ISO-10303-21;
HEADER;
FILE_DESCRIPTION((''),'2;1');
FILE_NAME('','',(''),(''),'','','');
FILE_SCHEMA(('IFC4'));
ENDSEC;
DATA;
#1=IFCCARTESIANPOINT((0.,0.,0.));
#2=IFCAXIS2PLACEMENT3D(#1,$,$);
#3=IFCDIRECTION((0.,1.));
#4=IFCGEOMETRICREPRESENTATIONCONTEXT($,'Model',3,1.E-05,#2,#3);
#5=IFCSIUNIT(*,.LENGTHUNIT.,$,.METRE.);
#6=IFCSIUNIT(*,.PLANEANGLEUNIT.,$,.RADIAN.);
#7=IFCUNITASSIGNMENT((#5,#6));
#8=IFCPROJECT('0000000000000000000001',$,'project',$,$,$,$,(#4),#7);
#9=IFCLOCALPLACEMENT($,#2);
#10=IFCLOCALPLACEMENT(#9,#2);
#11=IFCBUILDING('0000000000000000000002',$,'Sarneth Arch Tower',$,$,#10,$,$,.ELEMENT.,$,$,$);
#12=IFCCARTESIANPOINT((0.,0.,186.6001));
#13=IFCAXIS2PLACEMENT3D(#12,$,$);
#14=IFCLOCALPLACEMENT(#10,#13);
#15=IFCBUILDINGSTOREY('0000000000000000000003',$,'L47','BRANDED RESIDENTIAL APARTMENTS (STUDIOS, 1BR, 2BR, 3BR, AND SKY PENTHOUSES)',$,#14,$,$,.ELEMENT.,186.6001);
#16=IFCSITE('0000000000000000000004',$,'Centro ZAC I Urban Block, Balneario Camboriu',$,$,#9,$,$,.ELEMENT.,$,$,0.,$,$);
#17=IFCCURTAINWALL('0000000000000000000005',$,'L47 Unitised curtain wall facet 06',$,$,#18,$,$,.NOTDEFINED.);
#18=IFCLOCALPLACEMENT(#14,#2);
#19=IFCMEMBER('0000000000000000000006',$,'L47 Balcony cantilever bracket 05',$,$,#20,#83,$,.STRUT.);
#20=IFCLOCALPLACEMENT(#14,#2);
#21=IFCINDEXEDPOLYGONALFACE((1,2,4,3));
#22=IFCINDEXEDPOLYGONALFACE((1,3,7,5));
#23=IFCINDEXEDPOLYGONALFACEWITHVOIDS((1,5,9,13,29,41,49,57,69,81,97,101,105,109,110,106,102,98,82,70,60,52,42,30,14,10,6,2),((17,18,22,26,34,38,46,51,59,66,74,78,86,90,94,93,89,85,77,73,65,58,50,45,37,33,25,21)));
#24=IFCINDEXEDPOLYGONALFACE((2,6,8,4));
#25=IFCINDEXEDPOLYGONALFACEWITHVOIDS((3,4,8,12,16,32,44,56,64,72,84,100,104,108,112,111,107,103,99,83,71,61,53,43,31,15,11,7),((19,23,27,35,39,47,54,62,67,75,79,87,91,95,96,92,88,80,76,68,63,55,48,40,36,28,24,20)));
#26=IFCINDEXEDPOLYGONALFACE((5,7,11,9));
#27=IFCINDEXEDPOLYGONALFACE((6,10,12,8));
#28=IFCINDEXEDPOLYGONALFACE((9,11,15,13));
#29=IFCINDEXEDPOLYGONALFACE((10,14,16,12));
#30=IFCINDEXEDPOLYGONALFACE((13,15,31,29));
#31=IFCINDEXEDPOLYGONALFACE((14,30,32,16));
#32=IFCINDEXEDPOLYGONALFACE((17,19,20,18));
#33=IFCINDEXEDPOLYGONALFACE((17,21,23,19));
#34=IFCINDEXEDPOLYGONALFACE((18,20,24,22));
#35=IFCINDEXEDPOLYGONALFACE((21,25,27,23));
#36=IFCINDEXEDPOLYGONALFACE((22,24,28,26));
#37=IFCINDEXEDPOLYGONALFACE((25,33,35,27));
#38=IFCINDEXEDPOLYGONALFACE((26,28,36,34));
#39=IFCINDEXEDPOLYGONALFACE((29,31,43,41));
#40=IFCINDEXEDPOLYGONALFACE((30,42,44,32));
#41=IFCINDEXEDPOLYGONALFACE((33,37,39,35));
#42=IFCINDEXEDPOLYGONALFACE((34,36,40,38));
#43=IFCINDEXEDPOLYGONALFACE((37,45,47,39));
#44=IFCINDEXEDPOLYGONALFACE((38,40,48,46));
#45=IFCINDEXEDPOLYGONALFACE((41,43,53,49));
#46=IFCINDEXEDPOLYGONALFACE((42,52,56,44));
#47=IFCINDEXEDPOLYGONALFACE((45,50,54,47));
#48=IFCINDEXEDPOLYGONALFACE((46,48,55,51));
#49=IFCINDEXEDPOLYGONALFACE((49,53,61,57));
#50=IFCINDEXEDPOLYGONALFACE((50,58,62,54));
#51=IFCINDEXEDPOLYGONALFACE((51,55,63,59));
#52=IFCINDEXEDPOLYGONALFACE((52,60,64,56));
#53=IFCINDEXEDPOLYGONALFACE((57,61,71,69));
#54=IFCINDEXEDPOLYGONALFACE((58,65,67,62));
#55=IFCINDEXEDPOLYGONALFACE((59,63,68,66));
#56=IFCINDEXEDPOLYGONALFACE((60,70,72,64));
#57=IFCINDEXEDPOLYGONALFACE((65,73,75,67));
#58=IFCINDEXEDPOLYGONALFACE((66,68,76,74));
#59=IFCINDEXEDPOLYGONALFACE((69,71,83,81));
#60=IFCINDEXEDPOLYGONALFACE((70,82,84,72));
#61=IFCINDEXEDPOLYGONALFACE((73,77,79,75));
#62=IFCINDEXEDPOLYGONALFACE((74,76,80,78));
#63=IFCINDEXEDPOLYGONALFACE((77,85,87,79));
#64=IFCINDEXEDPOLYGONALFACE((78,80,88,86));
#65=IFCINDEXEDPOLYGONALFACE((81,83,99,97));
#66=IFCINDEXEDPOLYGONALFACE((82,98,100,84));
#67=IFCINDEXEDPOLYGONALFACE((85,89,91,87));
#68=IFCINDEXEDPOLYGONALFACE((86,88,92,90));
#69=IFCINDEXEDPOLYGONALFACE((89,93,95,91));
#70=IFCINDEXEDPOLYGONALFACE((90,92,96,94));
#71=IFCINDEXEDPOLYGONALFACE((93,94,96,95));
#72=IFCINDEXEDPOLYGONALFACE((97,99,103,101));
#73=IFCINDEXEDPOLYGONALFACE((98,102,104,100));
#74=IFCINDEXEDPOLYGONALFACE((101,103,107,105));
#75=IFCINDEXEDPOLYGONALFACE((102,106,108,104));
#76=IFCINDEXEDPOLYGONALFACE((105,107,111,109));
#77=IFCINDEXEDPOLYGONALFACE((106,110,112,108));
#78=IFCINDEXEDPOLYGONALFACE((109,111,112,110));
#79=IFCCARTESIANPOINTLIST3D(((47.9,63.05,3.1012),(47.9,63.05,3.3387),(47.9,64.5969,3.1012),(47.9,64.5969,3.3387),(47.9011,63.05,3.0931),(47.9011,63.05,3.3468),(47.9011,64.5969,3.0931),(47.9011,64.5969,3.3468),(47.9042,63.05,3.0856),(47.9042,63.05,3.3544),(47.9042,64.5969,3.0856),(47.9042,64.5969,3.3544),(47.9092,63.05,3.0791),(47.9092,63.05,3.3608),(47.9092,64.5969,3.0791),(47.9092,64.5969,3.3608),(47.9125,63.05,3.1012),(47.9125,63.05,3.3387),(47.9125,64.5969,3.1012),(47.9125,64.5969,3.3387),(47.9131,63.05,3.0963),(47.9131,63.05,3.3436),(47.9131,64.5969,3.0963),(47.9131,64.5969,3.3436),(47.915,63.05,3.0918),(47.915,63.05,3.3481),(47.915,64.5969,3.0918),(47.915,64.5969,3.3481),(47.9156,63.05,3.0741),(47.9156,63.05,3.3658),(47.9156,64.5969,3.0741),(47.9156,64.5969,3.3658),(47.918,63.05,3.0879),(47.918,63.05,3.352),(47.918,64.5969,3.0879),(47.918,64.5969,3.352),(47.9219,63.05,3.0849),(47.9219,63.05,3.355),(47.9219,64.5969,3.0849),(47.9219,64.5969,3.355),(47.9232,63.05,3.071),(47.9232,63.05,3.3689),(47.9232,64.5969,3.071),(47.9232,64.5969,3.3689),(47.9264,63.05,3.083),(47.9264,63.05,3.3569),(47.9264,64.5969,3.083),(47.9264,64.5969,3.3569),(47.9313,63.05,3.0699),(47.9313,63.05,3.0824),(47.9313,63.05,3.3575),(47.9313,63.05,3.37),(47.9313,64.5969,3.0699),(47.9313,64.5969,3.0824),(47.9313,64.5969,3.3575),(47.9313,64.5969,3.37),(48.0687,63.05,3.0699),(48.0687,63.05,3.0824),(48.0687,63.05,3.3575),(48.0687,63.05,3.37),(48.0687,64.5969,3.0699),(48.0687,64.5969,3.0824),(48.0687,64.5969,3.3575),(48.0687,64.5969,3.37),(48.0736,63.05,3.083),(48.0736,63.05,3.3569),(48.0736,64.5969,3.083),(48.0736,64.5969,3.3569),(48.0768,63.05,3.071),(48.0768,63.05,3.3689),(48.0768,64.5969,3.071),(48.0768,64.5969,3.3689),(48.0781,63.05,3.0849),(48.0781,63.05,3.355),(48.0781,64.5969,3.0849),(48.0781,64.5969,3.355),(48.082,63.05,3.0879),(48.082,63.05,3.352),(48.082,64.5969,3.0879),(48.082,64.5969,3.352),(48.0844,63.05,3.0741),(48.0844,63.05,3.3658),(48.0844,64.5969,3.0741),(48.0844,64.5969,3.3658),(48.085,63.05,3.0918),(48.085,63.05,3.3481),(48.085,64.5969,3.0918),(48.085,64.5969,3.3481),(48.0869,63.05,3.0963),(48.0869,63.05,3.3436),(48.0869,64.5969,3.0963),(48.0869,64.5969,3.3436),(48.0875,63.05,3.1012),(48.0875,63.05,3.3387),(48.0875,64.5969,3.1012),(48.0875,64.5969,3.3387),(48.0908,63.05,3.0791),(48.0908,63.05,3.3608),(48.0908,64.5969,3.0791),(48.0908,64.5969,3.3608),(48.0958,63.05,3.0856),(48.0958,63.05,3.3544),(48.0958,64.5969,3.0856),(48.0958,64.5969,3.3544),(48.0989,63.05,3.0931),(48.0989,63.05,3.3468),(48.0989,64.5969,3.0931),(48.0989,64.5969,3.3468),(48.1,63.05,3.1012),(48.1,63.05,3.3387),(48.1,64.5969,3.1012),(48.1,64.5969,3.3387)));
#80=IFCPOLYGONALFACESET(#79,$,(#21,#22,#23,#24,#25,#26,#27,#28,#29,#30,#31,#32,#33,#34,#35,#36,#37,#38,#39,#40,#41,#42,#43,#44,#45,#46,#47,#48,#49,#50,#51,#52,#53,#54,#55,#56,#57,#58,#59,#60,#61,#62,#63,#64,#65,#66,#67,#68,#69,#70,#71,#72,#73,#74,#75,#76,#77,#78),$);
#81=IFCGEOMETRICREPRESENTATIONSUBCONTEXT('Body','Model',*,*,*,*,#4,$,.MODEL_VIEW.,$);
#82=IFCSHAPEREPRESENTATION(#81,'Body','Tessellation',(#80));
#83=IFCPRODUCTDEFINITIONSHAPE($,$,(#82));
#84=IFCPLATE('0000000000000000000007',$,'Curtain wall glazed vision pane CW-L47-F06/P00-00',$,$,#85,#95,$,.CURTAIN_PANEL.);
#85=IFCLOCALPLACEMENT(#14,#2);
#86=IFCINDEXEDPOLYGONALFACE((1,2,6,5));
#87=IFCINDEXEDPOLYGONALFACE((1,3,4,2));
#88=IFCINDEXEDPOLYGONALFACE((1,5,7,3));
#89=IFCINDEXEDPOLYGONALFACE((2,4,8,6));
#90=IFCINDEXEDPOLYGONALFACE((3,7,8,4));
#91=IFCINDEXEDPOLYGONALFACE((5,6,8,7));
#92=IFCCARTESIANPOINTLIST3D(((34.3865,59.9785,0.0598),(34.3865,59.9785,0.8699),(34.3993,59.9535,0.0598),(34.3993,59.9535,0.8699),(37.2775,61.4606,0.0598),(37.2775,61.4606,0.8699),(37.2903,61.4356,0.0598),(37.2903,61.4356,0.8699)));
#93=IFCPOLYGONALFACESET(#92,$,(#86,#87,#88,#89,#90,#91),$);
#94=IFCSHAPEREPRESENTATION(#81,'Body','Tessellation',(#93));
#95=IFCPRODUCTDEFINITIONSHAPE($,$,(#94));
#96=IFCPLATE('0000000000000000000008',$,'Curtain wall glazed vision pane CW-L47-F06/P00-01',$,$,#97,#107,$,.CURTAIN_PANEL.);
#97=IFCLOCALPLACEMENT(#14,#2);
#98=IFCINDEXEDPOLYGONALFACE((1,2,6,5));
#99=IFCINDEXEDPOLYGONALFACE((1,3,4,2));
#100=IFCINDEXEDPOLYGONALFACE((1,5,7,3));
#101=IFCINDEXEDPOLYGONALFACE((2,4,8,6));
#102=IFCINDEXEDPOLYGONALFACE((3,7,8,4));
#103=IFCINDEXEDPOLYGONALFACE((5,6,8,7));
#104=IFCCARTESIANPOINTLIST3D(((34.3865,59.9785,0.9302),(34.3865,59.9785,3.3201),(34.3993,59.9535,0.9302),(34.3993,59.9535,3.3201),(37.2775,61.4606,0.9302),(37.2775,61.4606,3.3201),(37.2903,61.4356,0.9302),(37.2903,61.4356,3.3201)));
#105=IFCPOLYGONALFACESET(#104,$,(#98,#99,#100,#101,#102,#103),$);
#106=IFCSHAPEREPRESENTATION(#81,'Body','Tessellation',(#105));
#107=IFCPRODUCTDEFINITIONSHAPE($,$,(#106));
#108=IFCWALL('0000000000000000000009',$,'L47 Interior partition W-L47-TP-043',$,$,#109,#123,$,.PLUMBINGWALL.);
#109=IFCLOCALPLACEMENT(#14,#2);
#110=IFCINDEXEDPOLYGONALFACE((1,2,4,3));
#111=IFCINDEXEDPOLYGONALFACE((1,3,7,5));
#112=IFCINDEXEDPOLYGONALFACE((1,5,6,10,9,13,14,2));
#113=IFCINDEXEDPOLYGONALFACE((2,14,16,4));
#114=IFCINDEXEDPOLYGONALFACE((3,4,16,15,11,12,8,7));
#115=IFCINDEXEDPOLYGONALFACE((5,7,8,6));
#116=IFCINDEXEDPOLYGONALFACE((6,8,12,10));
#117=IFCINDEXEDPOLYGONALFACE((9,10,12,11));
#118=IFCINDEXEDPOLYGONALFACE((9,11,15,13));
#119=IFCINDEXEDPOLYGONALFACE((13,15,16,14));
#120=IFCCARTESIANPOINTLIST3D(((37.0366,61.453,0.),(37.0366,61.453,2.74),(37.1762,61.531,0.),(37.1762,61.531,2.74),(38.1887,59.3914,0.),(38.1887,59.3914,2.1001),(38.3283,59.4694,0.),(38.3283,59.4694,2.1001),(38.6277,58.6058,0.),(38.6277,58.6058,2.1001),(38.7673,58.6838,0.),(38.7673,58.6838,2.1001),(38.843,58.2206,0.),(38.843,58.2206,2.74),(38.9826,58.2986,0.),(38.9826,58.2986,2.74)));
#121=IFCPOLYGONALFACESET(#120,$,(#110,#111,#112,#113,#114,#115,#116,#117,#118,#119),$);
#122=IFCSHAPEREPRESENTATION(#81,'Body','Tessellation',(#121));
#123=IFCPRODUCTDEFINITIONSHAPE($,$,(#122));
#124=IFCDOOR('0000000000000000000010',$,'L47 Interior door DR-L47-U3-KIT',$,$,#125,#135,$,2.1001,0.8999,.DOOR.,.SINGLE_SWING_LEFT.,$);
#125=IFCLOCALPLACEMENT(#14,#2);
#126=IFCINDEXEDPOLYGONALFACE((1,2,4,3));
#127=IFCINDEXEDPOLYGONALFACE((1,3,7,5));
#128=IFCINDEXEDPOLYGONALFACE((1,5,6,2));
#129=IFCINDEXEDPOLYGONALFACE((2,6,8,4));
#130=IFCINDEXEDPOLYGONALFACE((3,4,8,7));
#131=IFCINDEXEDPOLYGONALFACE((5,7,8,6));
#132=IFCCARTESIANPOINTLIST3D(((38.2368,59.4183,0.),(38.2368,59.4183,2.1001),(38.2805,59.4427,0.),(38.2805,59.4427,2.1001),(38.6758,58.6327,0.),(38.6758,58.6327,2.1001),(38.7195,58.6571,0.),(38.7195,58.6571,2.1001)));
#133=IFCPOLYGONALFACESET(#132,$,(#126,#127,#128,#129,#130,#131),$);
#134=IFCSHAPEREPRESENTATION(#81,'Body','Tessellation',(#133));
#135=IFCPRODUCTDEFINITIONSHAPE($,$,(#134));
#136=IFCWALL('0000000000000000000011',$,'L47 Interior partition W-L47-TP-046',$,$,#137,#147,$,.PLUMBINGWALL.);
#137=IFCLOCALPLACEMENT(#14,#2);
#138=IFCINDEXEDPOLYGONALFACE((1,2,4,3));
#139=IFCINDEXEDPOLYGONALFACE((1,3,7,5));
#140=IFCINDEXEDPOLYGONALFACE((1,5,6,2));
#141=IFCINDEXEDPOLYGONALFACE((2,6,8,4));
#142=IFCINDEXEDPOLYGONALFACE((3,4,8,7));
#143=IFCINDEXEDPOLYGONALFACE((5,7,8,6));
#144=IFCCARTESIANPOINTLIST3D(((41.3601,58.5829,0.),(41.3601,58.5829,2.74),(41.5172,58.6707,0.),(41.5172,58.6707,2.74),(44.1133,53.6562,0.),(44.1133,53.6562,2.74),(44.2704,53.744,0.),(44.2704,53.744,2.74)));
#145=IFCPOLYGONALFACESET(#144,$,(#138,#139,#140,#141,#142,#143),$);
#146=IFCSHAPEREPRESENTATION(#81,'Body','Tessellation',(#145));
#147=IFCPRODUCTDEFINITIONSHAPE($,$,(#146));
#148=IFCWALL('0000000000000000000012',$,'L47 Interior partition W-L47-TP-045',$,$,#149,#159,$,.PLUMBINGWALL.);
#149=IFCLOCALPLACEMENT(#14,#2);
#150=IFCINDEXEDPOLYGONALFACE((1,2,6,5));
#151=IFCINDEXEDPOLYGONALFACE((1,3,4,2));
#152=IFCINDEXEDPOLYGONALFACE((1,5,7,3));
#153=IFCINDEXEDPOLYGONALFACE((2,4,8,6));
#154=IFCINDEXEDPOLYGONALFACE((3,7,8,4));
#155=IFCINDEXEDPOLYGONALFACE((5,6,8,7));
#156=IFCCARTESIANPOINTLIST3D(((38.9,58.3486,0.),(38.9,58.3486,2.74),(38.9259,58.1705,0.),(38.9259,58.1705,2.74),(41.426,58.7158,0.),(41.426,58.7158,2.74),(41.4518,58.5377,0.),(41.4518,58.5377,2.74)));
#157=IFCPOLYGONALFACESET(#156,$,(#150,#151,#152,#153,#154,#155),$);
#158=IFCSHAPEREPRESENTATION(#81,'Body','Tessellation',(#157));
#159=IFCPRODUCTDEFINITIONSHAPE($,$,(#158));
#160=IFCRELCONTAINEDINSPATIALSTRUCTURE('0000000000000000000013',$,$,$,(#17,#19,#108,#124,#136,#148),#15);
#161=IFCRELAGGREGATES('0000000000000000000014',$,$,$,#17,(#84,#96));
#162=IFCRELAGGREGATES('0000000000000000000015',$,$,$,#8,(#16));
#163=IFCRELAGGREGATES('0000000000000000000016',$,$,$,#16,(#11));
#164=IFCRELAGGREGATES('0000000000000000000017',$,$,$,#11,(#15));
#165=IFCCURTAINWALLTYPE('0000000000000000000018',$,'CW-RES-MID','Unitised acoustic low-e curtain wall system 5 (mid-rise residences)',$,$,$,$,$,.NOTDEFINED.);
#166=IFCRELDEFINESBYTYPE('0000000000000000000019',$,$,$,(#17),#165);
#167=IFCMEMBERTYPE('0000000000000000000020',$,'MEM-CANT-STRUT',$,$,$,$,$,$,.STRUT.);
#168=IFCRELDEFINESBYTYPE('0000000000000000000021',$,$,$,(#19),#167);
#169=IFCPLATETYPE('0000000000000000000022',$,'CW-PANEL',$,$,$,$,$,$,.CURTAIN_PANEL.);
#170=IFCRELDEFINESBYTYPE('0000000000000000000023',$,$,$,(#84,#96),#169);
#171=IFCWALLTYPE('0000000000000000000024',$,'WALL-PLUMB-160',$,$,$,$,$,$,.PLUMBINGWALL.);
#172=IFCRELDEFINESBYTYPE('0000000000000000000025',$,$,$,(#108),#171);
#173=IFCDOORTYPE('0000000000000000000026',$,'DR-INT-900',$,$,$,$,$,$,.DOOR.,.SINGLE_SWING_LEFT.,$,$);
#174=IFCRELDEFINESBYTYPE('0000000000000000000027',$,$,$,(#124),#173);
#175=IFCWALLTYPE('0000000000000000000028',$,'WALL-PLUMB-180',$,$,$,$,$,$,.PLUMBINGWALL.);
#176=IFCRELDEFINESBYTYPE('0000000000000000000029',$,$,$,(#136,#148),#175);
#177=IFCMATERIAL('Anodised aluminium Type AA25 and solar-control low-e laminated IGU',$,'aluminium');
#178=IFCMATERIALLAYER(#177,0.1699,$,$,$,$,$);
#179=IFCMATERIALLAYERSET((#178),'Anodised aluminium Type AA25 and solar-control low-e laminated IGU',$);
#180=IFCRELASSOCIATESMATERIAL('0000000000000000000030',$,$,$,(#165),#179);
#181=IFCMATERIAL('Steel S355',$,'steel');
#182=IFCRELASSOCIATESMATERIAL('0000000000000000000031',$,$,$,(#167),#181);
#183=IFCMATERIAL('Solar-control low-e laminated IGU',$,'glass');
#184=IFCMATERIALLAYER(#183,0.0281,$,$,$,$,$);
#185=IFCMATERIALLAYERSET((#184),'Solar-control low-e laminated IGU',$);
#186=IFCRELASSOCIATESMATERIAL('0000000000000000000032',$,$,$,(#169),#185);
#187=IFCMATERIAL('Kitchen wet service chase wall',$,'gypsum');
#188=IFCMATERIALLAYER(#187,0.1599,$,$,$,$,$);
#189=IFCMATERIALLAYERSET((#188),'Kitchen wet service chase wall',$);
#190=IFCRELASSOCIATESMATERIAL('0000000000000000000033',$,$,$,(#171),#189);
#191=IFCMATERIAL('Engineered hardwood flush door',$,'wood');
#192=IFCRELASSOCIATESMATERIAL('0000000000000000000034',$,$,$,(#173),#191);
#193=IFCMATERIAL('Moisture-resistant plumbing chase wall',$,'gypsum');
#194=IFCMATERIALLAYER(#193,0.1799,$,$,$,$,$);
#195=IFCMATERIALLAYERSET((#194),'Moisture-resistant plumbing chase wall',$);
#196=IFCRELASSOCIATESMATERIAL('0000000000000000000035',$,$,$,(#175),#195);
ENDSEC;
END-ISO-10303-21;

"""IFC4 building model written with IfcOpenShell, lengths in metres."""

from ifc_helpers import new_model, si_unit, direction, frame, frame_2d, origin, origin_2d, place, context, subcontext, project, spatial, rectangle, hollow_rectangle, extrude, material, layer, layer_set, material_profile, profile_set, type_object, element, fill, aggregate, save


model = new_model("IFC4")

# Units and contexts
model_context = context("Model", 3, precision=1e-05, world=origin(), true_north=direction((0.0, 1.0)))
body_context = subcontext(model_context, "Body", "Model", "MODEL_VIEW")
ifc_project = project(units=[si_unit("LENGTHUNIT", "METRE"), si_unit("PLANEANGLEUNIT", "RADIAN")], contexts=[model_context])

# Site, building, storey
site_placement = place(None, origin())
site = spatial("IfcSite", under=ifc_project, at=site_placement, Name="Centro ZAC I Urban Block, Balneario Camboriu", CompositionType="ELEMENT", RefElevation=0.0)
building_placement = place(site_placement, origin())
building = spatial("IfcBuilding", under=site, at=building_placement, Name="Sarneth Arch Tower", CompositionType="ELEMENT")
storey_placement = place(building_placement, frame((0.0, 0.0, 186.6001)))
storey = spatial("IfcBuildingStorey", under=building, at=storey_placement, Name="L47", Description="BRANDED RESIDENTIAL APARTMENTS (STUDIOS, 1BR, 2BR, 3BR, AND SKY PENTHOUSES)", CompositionType="ELEMENT", Elevation=186.6001)

# Curtain wall
ifc_material_1 = material(Name="Anodised aluminium Type AA25 and solar-control low-e laminated IGU", Category="aluminium")
ifc_layer_1 = layer(ifc_material_1, 0.1699)
ifc_layer_set_1 = layer_set([ifc_layer_1], Name="Anodised aluminium Type AA25 and solar-control low-e laminated IGU")
curtain_wall_type = type_object("IfcCurtainWallType", Name="CW-RES-MID", Description="Unitised acoustic low-e curtain wall system 5 (mid-rise residences)", PredefinedType="NOTDEFINED", material=ifc_layer_set_1)
curtain_wall_placement = place(storey_placement, origin())
curtain_wall = element("IfcCurtainWall", 1, at=curtain_wall_placement, inside=storey, type_object=curtain_wall_type, Name="L47 Unitised curtain wall facet 06", PredefinedType="NOTDEFINED")

# Member
ifc_material_2 = material(Name="Steel S355", Category="steel")
ifc_material_profile_1 = material_profile(ifc_material_2, hollow_rectangle(XDim=0.2, YDim=0.3, WallThickness=0.0125, InnerFilletRadius=0.0188, OuterFilletRadius=0.0312, at=origin_2d()), Name="RHS300x200x12.5")
ifc_profile_set_1 = profile_set([ifc_material_profile_1], Name="Steel S355")
member_type_1 = type_object("IfcMemberType", Name="MEM-CANT-STRUT", PredefinedType="STRUT", material=ifc_profile_set_1)
member_1_placement = place(storey_placement, frame((48.0, 63.05, 3.22), z_axis=(0.0, 1.0, 0.0), x_axis=(-1.0, 0.0, 0.0)))
element("IfcMember", 2, at=member_1_placement, inside=storey, type_object=member_type_1, Name="L47 Balcony cantilever bracket 05", PredefinedType="STRUT", context=body_context, shape_type="SweptSolid", body=[
    extrude(hollow_rectangle(XDim=0.2, YDim=0.3, WallThickness=0.0125, InnerFilletRadius=0.0188, OuterFilletRadius=0.0312, at=origin_2d()), origin(), (0.0, 0.0, 1.0), 1.5469),
])

# Plates
ifc_material_3 = material(Name="Solar-control low-e laminated IGU", Category="glass")
ifc_layer_2 = layer(ifc_material_3, 0.0281)
ifc_layer_set_2 = layer_set([ifc_layer_2], Name="Solar-control low-e laminated IGU")
plate_type = type_object("IfcPlateType", Name="CW-PANEL", PredefinedType="CURTAIN_PANEL", material=ifc_layer_set_2)
plate_1_placement = place(storey_placement, frame((35.8384, 60.707, 0.0598), z_axis=(0.0, 0.0, 1.0), x_axis=(-0.889873, -0.456208, 0.0)))
plate_1 = element("IfcPlate", 3, at=plate_1_placement, type_object=plate_type, Name="Curtain wall glazed vision pane CW-L47-F06/P00-00", PredefinedType="CURTAIN_PANEL", context=body_context, shape_type="SweptSolid", body=[
    extrude(rectangle(XDim=3.2488, YDim=0.0281, at=origin_2d()), origin(), (0.0, 0.0, 1.0), 0.8101),
])
plate_2_placement = place(storey_placement, frame((35.8384, 60.707, 0.9302), z_axis=(0.0, 0.0, 1.0), x_axis=(-0.889873, -0.456208, 0.0)))
plate_2 = element("IfcPlate", 4, at=plate_2_placement, type_object=plate_type, Name="Curtain wall glazed vision pane CW-L47-F06/P00-01", PredefinedType="CURTAIN_PANEL", context=body_context, shape_type="SweptSolid", body=[
    extrude(rectangle(XDim=3.2488, YDim=0.0281, at=origin_2d()), origin(), (0.0, 0.0, 1.0), 2.3899),
])
aggregate(curtain_wall, [plate_1, plate_2])

# Wall, opening, door
ifc_material_4 = material(Name="Kitchen wet service chase wall", Category="gypsum")
ifc_layer_3 = layer(ifc_material_4, 0.1599)
ifc_layer_set_3 = layer_set([ifc_layer_3], Name="Kitchen wet service chase wall")
wall_type_1 = type_object("IfcWallType", Name="WALL-PLUMB-160", PredefinedType="PLUMBINGWALL", material=ifc_layer_set_3)
wall_1_placement = place(storey_placement, frame((38.9128, 58.2595, 0.0), z_axis=(0.0, 0.0, 1.0), x_axis=(-0.48783, 0.872939, 0.0)))
wall_1 = element("IfcWall", 5, at=wall_1_placement, inside=storey, type_object=wall_type_1, Name="L47 Interior partition W-L47-TP-043", PredefinedType="PLUMBINGWALL", context=body_context, shape_type="SweptSolid", body=[
    extrude(rectangle(XDim=3.7029, YDim=0.1599, at=frame_2d((1.8516, 0.0))), origin(), (0.0, 0.0, 1.0), 2.74),
])
opening_placement = place(wall_1_placement, frame((0.4414, 0.0, 0.0)))
opening = element("IfcOpeningElement", 6, at=opening_placement, cuts=wall_1, PredefinedType="OPENING", context=body_context, shape_type="SweptSolid", body=[
    extrude(rectangle(XDim=0.8999, YDim=2.1001, at=frame_2d((0.45, 1.05))), frame((0.0, 0.0898, 0.0), z_axis=(0.0, -1.0, 0.0), x_axis=(1.0, 0.0, 0.0)), (0.0, 0.0, 1.0), 0.1799),
])
ifc_material_5 = material(Name="Engineered hardwood flush door", Category="wood")
door_type = type_object("IfcDoorType", Name="DR-INT-900", OperationType="SINGLE_SWING_LEFT", PredefinedType="DOOR", material=ifc_material_5)
door_placement = place(opening_placement, origin())
door = element("IfcDoor", 7, at=door_placement, inside=storey, type_object=door_type, Name="L47 Interior door DR-L47-U3-KIT", OperationType="SINGLE_SWING_LEFT", OverallHeight=2.1001, OverallWidth=0.8999, PredefinedType="DOOR", context=body_context, shape_type="SweptSolid", body=[
    extrude(rectangle(XDim=0.8999, YDim=2.1001, at=frame_2d((0.45, 1.05))), frame((0.0, 0.0249, 0.0), z_axis=(0.0, -1.0, 0.0), x_axis=(1.0, 0.0, 0.0)), (0.0, 0.0, 1.0), 0.05),
])
fill(opening, door)

# Walls
ifc_material_6 = material(Name="Moisture-resistant plumbing chase wall", Category="gypsum")
ifc_layer_4 = layer(ifc_material_6, 0.1799)
ifc_layer_set_4 = layer_set([ifc_layer_4], Name="Moisture-resistant plumbing chase wall")
wall_type_2 = type_object("IfcWallType", Name="WALL-PLUMB-180", PredefinedType="PLUMBINGWALL", material=ifc_layer_set_4)
wall_2_placement = place(storey_placement, frame((41.4387, 58.6267, 0.0), z_axis=(0.0, 0.0, 1.0), x_axis=(0.487819, -0.872945, 0.0)))
element("IfcWall", 8, at=wall_2_placement, inside=storey, type_object=wall_type_2, Name="L47 Interior partition W-L47-TP-046", PredefinedType="PLUMBINGWALL", context=body_context, shape_type="SweptSolid", body=[
    extrude(rectangle(XDim=5.6438, YDim=0.1799, at=frame_2d((2.8218, 0.0))), origin(), (0.0, 0.0, 1.0), 2.74),
])
wall_3_placement = place(storey_placement, frame((38.9128, 58.2595, 0.0), z_axis=(0.0, 0.0, 1.0), x_axis=(0.989598, 0.143858, 0.0)))
element("IfcWall", 9, at=wall_3_placement, inside=storey, type_object=wall_type_2, Name="L47 Interior partition W-L47-TP-045", PredefinedType="PLUMBINGWALL", context=body_context, shape_type="SweptSolid", body=[
    extrude(rectangle(XDim=2.5525, YDim=0.1799, at=frame_2d((1.2764, 0.0))), origin(), (0.0, 0.0, 1.0), 2.74),
])

save(model, "model.ifc")
